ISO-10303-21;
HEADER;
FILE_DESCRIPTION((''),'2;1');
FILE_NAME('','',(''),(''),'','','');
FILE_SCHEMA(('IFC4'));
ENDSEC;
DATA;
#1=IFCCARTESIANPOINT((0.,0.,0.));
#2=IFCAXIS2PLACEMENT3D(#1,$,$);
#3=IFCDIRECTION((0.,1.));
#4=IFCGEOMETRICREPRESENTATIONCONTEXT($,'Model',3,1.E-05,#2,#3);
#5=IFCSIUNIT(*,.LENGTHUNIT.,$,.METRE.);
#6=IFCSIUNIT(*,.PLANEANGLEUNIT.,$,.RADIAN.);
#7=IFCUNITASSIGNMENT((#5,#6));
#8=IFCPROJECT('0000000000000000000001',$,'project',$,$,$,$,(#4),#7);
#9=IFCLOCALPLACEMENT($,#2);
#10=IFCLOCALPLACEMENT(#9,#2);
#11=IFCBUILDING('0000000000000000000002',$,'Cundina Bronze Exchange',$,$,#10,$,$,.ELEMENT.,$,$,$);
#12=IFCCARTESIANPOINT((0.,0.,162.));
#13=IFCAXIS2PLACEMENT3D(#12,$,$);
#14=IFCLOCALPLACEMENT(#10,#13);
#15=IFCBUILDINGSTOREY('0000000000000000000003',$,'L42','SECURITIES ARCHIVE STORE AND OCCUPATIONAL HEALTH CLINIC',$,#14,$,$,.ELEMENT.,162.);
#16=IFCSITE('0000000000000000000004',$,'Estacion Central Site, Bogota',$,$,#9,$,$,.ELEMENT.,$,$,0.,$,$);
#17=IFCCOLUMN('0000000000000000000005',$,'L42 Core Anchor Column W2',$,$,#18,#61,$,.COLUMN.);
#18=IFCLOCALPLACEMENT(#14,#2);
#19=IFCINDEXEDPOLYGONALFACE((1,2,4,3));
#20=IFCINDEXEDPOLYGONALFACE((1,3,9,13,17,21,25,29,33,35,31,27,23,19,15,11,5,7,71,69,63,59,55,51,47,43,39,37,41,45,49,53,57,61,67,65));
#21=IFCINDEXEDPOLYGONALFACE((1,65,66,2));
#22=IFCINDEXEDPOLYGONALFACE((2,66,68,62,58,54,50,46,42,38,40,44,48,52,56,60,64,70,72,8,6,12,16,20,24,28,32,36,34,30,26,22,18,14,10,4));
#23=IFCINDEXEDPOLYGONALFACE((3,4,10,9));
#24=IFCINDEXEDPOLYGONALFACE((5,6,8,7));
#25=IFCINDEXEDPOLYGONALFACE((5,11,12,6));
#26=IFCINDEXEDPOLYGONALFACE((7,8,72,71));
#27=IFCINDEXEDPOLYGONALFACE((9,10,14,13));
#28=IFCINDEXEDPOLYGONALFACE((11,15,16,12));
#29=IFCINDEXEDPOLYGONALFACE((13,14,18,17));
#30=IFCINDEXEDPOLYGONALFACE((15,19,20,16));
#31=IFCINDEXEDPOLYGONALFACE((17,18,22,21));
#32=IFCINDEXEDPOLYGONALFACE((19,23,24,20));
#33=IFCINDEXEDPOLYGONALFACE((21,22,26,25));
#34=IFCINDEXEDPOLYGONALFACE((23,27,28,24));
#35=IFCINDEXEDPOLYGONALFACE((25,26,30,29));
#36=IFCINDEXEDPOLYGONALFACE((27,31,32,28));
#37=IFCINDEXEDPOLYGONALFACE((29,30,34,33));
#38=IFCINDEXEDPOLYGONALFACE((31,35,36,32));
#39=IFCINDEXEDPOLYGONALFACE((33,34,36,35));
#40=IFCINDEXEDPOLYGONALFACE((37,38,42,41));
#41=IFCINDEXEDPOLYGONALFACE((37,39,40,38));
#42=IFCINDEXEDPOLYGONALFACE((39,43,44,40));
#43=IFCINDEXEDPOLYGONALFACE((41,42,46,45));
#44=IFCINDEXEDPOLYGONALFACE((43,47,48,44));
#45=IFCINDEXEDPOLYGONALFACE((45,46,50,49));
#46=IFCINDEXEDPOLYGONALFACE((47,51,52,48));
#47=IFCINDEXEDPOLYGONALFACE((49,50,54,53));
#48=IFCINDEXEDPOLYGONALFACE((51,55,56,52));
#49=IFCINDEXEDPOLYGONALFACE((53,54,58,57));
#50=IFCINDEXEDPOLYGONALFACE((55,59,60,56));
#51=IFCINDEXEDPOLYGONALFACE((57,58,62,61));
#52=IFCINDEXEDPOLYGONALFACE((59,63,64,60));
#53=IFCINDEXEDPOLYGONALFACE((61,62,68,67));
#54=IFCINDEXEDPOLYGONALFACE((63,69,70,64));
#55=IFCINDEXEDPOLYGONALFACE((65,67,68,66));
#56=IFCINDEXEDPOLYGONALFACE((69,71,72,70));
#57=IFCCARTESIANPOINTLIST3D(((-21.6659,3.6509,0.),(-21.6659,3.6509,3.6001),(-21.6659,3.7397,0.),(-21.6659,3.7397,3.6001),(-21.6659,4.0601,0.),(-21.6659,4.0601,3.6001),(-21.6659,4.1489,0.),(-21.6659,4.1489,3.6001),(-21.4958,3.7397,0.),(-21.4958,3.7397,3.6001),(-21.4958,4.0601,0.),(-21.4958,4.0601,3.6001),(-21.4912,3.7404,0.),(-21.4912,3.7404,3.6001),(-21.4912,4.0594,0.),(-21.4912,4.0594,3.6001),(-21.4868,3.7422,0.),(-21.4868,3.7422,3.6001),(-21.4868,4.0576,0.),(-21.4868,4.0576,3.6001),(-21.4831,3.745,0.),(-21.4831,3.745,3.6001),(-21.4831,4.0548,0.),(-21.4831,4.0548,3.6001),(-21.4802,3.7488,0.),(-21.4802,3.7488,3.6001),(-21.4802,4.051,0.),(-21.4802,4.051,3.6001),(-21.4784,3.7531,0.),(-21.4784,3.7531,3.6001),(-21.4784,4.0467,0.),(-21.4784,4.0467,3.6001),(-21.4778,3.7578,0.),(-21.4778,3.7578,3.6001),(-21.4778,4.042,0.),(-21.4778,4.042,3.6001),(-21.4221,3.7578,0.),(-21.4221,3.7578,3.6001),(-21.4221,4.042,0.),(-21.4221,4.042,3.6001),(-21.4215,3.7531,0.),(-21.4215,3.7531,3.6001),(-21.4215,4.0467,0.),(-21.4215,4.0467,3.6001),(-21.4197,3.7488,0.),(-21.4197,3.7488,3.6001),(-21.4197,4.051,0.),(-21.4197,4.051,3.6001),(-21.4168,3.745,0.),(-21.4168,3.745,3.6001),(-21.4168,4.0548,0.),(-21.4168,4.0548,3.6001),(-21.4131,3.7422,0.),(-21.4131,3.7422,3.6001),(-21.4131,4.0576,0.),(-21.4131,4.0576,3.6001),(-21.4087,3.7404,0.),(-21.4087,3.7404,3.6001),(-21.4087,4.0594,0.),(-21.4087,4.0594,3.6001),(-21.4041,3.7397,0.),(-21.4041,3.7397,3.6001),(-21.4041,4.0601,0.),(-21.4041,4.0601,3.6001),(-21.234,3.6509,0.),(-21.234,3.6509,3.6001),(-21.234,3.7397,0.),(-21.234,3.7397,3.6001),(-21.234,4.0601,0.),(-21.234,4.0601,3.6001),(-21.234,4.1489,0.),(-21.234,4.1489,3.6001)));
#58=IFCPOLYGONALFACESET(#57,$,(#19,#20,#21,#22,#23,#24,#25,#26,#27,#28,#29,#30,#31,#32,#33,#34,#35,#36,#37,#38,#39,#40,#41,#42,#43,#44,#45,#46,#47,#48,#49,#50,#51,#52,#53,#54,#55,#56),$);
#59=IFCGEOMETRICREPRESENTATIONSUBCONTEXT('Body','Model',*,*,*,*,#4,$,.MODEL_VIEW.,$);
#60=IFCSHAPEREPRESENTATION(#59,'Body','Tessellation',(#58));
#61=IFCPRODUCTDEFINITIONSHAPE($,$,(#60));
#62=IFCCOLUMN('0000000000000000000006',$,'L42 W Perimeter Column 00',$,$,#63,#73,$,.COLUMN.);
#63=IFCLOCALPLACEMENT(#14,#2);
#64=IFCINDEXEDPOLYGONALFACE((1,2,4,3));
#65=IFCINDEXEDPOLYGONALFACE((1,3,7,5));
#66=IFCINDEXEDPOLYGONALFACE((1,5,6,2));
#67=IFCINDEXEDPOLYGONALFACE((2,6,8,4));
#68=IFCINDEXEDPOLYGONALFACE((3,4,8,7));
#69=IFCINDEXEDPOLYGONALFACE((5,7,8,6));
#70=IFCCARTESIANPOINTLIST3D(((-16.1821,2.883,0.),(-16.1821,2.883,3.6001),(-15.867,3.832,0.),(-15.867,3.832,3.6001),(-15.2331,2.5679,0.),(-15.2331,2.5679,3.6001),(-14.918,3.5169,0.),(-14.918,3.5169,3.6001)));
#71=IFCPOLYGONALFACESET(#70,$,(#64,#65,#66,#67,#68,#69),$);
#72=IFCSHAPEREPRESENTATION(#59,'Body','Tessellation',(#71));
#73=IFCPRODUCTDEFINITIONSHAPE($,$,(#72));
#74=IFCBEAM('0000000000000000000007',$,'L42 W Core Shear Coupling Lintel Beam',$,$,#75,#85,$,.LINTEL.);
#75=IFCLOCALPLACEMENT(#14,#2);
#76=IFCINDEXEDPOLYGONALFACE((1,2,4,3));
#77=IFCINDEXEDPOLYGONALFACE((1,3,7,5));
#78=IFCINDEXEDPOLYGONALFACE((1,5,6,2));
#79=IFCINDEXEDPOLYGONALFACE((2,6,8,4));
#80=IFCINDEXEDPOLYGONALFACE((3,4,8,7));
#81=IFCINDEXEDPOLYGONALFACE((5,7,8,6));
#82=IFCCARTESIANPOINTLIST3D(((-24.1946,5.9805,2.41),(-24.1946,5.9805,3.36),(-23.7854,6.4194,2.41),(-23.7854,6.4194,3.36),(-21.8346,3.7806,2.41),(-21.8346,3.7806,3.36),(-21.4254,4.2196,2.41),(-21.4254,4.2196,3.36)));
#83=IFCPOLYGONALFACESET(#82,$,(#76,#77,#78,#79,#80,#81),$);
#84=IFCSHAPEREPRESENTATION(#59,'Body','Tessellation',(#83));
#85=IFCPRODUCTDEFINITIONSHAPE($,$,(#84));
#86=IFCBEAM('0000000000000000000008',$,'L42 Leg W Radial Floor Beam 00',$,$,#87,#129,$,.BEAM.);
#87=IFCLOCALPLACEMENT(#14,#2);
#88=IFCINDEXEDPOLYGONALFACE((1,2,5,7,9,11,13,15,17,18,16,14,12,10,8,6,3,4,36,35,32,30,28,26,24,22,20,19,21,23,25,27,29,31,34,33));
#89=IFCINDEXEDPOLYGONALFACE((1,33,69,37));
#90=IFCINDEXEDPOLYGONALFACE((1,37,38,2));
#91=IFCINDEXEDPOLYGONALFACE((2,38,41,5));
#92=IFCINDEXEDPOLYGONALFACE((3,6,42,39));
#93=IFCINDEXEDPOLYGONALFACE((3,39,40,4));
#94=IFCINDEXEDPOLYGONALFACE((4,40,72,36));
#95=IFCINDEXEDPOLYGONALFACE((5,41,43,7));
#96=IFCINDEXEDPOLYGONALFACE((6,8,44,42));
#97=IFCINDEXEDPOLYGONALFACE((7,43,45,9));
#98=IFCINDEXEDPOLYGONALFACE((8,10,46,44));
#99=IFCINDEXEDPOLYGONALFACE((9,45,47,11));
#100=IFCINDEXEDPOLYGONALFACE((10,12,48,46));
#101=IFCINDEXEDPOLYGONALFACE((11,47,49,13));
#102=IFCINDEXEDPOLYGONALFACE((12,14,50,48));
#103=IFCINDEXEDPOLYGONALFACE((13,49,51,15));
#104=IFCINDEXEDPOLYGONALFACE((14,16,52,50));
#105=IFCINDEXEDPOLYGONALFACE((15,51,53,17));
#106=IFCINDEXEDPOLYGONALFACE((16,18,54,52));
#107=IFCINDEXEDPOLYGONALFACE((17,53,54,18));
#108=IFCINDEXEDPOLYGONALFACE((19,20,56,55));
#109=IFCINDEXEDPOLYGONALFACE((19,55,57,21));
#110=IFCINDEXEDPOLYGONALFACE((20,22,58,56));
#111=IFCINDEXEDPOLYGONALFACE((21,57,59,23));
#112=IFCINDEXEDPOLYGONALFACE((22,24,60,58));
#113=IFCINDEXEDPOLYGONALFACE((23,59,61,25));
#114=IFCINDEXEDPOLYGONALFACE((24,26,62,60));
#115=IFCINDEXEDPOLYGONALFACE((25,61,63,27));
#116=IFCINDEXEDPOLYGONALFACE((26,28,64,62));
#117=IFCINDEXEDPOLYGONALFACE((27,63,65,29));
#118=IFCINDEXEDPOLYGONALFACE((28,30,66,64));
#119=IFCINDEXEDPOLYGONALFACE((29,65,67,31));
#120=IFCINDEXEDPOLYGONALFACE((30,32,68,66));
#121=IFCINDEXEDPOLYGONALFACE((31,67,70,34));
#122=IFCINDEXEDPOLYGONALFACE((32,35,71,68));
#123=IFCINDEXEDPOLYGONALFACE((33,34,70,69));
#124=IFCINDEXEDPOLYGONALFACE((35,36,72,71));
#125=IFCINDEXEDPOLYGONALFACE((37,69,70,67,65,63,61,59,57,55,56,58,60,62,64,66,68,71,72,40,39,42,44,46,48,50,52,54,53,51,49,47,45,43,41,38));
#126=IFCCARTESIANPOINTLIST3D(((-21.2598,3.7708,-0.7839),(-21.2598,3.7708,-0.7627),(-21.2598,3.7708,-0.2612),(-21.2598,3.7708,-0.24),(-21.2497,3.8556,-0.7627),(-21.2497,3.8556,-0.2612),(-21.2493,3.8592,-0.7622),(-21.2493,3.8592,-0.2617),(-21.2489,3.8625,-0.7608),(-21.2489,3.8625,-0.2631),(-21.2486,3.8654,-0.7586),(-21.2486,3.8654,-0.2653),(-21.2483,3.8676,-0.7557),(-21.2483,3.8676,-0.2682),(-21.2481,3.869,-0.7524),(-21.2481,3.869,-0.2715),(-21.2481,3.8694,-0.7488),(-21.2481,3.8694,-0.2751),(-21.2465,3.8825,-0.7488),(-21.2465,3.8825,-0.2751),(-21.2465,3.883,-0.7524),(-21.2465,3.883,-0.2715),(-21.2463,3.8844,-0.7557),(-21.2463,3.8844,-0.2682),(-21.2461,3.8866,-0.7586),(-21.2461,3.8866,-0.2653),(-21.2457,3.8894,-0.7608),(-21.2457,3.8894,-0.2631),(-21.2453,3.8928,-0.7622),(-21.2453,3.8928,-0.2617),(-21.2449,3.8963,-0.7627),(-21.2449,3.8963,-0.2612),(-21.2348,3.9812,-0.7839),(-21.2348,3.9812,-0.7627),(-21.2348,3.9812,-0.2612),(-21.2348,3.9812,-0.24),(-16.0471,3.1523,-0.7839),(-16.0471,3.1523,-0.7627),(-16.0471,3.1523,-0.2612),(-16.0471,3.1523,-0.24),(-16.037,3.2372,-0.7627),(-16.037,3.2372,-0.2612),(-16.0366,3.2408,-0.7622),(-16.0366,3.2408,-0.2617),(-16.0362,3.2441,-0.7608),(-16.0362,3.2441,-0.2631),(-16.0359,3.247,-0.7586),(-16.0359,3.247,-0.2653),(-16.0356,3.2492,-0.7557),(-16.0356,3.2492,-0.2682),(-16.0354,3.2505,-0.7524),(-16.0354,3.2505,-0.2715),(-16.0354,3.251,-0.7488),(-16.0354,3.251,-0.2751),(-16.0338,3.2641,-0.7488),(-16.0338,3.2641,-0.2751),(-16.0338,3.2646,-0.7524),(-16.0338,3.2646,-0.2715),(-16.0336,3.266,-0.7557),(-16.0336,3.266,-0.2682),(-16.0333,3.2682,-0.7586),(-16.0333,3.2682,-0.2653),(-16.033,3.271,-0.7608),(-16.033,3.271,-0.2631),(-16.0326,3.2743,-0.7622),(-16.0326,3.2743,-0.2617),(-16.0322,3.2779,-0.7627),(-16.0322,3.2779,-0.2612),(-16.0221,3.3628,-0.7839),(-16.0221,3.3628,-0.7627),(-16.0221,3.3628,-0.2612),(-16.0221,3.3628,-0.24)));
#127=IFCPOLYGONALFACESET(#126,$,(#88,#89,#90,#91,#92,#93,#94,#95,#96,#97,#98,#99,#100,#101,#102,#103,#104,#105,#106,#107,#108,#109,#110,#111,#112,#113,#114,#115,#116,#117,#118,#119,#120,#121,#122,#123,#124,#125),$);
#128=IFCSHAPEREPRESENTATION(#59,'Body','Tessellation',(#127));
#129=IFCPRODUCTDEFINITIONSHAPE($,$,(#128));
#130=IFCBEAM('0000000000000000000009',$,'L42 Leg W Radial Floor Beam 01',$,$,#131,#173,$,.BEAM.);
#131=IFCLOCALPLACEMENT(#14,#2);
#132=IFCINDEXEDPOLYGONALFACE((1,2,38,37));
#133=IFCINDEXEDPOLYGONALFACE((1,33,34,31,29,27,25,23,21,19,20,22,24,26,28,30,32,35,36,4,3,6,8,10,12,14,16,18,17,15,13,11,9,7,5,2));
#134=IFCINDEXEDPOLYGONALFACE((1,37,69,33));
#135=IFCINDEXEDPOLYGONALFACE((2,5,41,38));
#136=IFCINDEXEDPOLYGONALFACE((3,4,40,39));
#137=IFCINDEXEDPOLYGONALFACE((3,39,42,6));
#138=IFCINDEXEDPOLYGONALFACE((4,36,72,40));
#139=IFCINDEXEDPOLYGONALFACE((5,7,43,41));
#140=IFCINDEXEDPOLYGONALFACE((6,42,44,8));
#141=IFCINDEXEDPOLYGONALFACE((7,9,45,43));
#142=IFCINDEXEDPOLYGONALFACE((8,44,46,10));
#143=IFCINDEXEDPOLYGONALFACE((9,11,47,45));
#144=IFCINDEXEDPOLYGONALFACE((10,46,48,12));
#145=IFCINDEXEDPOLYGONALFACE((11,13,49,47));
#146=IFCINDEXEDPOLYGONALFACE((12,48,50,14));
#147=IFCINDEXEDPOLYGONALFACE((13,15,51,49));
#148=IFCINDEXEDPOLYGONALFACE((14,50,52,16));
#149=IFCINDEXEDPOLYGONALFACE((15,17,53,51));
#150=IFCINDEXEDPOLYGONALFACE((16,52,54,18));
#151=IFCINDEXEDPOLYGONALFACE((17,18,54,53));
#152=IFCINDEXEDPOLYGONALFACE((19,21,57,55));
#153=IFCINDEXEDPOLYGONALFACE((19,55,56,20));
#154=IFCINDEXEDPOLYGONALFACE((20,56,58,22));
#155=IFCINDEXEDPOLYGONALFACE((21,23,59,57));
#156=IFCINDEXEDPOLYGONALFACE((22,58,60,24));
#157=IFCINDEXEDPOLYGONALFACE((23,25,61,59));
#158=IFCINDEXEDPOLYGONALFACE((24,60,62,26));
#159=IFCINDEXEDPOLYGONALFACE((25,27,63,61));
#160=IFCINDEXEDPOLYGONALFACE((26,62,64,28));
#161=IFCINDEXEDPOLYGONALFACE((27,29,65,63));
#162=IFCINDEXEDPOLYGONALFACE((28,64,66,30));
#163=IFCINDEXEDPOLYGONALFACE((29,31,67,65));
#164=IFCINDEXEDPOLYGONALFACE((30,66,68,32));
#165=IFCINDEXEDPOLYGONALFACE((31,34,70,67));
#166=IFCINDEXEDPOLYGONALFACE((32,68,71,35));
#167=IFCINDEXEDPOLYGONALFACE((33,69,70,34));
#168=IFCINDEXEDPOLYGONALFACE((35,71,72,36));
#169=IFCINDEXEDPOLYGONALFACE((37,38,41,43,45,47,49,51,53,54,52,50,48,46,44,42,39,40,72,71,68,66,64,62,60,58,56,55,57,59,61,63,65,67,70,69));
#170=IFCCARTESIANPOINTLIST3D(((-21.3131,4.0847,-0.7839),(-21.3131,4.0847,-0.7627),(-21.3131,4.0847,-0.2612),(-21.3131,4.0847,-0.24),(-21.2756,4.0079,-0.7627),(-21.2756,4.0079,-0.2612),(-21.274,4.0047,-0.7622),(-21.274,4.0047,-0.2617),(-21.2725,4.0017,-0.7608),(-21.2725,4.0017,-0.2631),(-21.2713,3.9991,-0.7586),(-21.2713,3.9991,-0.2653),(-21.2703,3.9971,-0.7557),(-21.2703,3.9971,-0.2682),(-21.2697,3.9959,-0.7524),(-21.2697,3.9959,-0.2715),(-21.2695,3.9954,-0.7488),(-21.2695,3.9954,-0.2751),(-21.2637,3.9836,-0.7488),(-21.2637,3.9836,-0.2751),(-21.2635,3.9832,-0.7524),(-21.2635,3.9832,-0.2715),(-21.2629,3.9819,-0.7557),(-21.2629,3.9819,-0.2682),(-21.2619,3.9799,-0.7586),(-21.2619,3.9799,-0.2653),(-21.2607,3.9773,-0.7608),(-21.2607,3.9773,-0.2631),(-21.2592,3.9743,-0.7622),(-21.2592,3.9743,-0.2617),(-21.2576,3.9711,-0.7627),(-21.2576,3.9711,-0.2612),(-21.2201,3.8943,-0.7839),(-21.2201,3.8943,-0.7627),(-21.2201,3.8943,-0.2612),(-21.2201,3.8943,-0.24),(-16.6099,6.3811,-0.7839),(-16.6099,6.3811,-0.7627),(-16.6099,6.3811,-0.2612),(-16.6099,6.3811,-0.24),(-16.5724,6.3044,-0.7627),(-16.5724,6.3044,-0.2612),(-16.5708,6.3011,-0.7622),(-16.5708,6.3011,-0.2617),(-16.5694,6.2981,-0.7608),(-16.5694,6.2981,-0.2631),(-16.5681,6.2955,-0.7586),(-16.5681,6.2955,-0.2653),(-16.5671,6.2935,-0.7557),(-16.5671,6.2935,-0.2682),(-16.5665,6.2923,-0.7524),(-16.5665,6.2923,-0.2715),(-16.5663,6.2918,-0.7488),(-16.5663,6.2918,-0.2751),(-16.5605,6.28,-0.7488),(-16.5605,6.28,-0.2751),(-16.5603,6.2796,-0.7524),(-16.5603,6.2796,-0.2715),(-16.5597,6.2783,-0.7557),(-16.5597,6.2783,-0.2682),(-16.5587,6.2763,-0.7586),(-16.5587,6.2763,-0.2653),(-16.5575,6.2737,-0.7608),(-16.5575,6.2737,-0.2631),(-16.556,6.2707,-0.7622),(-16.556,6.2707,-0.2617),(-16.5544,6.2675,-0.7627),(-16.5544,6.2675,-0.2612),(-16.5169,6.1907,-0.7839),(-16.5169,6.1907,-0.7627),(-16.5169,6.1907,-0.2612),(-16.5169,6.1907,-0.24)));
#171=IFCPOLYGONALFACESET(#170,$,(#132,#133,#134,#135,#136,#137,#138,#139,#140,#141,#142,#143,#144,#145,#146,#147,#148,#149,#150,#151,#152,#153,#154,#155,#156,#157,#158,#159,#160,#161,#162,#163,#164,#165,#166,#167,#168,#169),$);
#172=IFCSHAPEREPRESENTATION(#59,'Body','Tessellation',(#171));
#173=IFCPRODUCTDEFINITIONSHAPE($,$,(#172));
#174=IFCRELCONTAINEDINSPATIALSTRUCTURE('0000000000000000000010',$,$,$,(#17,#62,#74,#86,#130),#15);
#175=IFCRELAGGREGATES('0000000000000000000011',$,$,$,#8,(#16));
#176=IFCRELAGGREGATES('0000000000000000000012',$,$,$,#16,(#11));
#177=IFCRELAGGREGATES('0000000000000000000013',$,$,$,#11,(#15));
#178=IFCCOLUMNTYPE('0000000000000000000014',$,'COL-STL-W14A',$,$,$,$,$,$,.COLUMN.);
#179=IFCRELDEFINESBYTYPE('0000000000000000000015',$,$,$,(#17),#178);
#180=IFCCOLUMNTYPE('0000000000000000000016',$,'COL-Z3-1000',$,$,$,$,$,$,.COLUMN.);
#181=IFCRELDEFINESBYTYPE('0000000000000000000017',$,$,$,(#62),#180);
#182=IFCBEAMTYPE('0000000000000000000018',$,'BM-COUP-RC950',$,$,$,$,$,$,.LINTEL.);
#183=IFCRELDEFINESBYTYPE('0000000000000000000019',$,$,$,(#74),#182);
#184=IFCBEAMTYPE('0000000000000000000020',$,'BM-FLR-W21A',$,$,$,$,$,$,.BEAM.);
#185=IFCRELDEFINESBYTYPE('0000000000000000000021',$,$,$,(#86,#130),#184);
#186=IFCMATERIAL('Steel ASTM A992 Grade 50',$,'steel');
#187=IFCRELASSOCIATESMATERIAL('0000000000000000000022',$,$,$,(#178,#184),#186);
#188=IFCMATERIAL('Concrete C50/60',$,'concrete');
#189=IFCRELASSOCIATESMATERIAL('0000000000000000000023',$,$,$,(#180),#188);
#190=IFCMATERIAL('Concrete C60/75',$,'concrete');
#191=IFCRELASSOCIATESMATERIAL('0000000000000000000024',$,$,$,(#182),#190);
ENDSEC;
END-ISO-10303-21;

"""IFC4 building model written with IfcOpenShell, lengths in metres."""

from ifc_helpers import new_model, si_unit, direction, frame, origin, origin_2d, place, context, subcontext, project, spatial, rectangle, i_section, extrude, material, material_profile, profile_set, type_object, element, save


model = new_model("IFC4")

# Units and contexts
model_context = context("Model", 3, precision=1e-05, world=origin(), true_north=direction((0.0, 1.0)))
body_context = subcontext(model_context, "Body", "Model", "MODEL_VIEW")
ifc_project = project(units=[si_unit("LENGTHUNIT", "METRE"), si_unit("PLANEANGLEUNIT", "RADIAN")], contexts=[model_context])

# Site, building, storey
site_placement = place(None, origin())
site = spatial("IfcSite", under=ifc_project, at=site_placement, Name="Estacion Central Site, Bogota", CompositionType="ELEMENT", RefElevation=0.0)
building_placement = place(site_placement, origin())
building = spatial("IfcBuilding", under=site, at=building_placement, Name="Cundina Bronze Exchange", CompositionType="ELEMENT")
storey_placement = place(building_placement, frame((0.0, 0.0, 162.0)))
storey = spatial("IfcBuildingStorey", under=building, at=storey_placement, Name="L42", Description="SECURITIES ARCHIVE STORE AND OCCUPATIONAL HEALTH CLINIC", CompositionType="ELEMENT", Elevation=162.0)

# Columns
ifc_material_1 = material(Name="Steel ASTM A992 Grade 50", Category="steel")
ifc_material_profile_1 = material_profile(ifc_material_1, i_section(OverallWidth=0.4319, OverallDepth=0.498, WebThickness=0.0557, FlangeThickness=0.0889, FilletRadius=0.0181, at=origin_2d()), Name="W14X500", Category="steel")
ifc_profile_set_1 = profile_set([ifc_material_profile_1], Name="Steel ASTM A992 Grade 50")
column_type_1 = type_object("IfcColumnType", Name="COL-STL-W14A", PredefinedType="COLUMN", material=ifc_profile_set_1)
column_1_placement = place(storey_placement, frame((-21.45, 3.8999, 0.0), z_axis=(0.0, 0.0, 1.0), x_axis=(1.0, 0.0, 0.0)))
element("IfcColumn", 1, at=column_1_placement, inside=storey, type_object=column_type_1, Name="L42 Core Anchor Column W2", PredefinedType="COLUMN", context=body_context, shape_type="SweptSolid", body=[
    extrude(i_section(OverallWidth=0.4319, OverallDepth=0.498, WebThickness=0.0557, FlangeThickness=0.0889, FilletRadius=0.0181, at=origin_2d()), origin(), (0.0, 0.0, 1.0), 3.6001),
])
ifc_material_2 = material(Name="Concrete C50/60", Category="concrete")
ifc_material_profile_2 = material_profile(ifc_material_2, rectangle(XDim=1.0, YDim=1.0, at=origin_2d()), Name="RC1000X1000", Category="concrete")
ifc_profile_set_2 = profile_set([ifc_material_profile_2], Name="Concrete C50/60")
column_type_2 = type_object("IfcColumnType", Name="COL-Z3-1000", PredefinedType="COLUMN", material=ifc_profile_set_2)
column_2_placement = place(storey_placement, frame((-15.55, 3.2, 0.0), z_axis=(0.0, 0.0, 1.0), x_axis=(0.315152, 0.949041, 0.0)))
element("IfcColumn", 2, at=column_2_placement, inside=storey, type_object=column_type_2, Name="L42 W Perimeter Column 00", PredefinedType="COLUMN", context=body_context, shape_type="SweptSolid", body=[
    extrude(rectangle(XDim=1.0, YDim=1.0, at=origin_2d()), origin(), (0.0, 0.0, 1.0), 3.6001),
])

# Beams
ifc_material_3 = material(Name="Concrete C60/75", Category="concrete")
ifc_material_profile_3 = material_profile(ifc_material_3, rectangle(XDim=0.6001, YDim=0.95, at=origin_2d()), Name="RC600X950", Category="concrete")
ifc_profile_set_3 = profile_set([ifc_material_profile_3], Name="Concrete C60/75")
beam_type_1 = type_object("IfcBeamType", Name="BM-COUP-RC950", PredefinedType="LINTEL", material=ifc_profile_set_3)
beam_1_placement = place(storey_placement, frame((-23.99, 6.2, 2.885), z_axis=(0.73149, -0.681852, 0.0), x_axis=(0.681852, 0.73149, 0.0)))
element("IfcBeam", 3, at=beam_1_placement, inside=storey, type_object=beam_type_1, Name="L42 W Core Shear Coupling Lintel Beam", PredefinedType="LINTEL", context=body_context, shape_type="SweptSolid", body=[
    extrude(rectangle(XDim=0.6001, YDim=0.95, at=origin_2d()), origin(), (0.0, 0.0, 1.0), 3.2263),
])
ifc_material_profile_4 = material_profile(ifc_material_1, i_section(OverallWidth=0.2119, OverallDepth=0.5439, WebThickness=0.0132, FlangeThickness=0.0212, FilletRadius=0.0139, at=origin_2d()), Name="W21X83", Category="steel")
ifc_profile_set_4 = profile_set([ifc_material_profile_4], Name="Steel ASTM A992 Grade 50")
beam_type_2 = type_object("IfcBeamType", Name="BM-FLR-W21A", PredefinedType="BEAM", material=ifc_profile_set_4)
beam_2_placement = place(storey_placement, frame((-21.2473, 3.876, -0.512), z_axis=(0.993036, -0.11781, 0.0), x_axis=(0.11781, 0.993036, 0.0)))
element("IfcBeam", 4, at=beam_2_placement, inside=storey, type_object=beam_type_2, Name="L42 Leg W Radial Floor Beam 00", PredefinedType="BEAM", context=body_context, shape_type="SweptSolid", body=[
    extrude(i_section(OverallWidth=0.2119, OverallDepth=0.5439, WebThickness=0.0132, FlangeThickness=0.0212, FilletRadius=0.0139, at=origin_2d()), origin(), (0.0, 0.0, 1.0), 5.2493),
])
beam_3_placement = place(storey_placement, frame((-21.2666, 3.9895, -0.512), z_axis=(0.898604, 0.43876, 0.0), x_axis=(-0.43876, 0.898604, 0.0)))
element("IfcBeam", 5, at=beam_3_placement, inside=storey, type_object=beam_type_2, Name="L42 Leg W Radial Floor Beam 01", PredefinedType="BEAM", context=body_context, shape_type="SweptSolid", body=[
    extrude(i_section(OverallWidth=0.2119, OverallDepth=0.5439, WebThickness=0.0132, FlangeThickness=0.0212, FilletRadius=0.0139, at=origin_2d()), origin(), (0.0, 0.0, 1.0), 5.2339),
])

save(model, "model.ifc")
